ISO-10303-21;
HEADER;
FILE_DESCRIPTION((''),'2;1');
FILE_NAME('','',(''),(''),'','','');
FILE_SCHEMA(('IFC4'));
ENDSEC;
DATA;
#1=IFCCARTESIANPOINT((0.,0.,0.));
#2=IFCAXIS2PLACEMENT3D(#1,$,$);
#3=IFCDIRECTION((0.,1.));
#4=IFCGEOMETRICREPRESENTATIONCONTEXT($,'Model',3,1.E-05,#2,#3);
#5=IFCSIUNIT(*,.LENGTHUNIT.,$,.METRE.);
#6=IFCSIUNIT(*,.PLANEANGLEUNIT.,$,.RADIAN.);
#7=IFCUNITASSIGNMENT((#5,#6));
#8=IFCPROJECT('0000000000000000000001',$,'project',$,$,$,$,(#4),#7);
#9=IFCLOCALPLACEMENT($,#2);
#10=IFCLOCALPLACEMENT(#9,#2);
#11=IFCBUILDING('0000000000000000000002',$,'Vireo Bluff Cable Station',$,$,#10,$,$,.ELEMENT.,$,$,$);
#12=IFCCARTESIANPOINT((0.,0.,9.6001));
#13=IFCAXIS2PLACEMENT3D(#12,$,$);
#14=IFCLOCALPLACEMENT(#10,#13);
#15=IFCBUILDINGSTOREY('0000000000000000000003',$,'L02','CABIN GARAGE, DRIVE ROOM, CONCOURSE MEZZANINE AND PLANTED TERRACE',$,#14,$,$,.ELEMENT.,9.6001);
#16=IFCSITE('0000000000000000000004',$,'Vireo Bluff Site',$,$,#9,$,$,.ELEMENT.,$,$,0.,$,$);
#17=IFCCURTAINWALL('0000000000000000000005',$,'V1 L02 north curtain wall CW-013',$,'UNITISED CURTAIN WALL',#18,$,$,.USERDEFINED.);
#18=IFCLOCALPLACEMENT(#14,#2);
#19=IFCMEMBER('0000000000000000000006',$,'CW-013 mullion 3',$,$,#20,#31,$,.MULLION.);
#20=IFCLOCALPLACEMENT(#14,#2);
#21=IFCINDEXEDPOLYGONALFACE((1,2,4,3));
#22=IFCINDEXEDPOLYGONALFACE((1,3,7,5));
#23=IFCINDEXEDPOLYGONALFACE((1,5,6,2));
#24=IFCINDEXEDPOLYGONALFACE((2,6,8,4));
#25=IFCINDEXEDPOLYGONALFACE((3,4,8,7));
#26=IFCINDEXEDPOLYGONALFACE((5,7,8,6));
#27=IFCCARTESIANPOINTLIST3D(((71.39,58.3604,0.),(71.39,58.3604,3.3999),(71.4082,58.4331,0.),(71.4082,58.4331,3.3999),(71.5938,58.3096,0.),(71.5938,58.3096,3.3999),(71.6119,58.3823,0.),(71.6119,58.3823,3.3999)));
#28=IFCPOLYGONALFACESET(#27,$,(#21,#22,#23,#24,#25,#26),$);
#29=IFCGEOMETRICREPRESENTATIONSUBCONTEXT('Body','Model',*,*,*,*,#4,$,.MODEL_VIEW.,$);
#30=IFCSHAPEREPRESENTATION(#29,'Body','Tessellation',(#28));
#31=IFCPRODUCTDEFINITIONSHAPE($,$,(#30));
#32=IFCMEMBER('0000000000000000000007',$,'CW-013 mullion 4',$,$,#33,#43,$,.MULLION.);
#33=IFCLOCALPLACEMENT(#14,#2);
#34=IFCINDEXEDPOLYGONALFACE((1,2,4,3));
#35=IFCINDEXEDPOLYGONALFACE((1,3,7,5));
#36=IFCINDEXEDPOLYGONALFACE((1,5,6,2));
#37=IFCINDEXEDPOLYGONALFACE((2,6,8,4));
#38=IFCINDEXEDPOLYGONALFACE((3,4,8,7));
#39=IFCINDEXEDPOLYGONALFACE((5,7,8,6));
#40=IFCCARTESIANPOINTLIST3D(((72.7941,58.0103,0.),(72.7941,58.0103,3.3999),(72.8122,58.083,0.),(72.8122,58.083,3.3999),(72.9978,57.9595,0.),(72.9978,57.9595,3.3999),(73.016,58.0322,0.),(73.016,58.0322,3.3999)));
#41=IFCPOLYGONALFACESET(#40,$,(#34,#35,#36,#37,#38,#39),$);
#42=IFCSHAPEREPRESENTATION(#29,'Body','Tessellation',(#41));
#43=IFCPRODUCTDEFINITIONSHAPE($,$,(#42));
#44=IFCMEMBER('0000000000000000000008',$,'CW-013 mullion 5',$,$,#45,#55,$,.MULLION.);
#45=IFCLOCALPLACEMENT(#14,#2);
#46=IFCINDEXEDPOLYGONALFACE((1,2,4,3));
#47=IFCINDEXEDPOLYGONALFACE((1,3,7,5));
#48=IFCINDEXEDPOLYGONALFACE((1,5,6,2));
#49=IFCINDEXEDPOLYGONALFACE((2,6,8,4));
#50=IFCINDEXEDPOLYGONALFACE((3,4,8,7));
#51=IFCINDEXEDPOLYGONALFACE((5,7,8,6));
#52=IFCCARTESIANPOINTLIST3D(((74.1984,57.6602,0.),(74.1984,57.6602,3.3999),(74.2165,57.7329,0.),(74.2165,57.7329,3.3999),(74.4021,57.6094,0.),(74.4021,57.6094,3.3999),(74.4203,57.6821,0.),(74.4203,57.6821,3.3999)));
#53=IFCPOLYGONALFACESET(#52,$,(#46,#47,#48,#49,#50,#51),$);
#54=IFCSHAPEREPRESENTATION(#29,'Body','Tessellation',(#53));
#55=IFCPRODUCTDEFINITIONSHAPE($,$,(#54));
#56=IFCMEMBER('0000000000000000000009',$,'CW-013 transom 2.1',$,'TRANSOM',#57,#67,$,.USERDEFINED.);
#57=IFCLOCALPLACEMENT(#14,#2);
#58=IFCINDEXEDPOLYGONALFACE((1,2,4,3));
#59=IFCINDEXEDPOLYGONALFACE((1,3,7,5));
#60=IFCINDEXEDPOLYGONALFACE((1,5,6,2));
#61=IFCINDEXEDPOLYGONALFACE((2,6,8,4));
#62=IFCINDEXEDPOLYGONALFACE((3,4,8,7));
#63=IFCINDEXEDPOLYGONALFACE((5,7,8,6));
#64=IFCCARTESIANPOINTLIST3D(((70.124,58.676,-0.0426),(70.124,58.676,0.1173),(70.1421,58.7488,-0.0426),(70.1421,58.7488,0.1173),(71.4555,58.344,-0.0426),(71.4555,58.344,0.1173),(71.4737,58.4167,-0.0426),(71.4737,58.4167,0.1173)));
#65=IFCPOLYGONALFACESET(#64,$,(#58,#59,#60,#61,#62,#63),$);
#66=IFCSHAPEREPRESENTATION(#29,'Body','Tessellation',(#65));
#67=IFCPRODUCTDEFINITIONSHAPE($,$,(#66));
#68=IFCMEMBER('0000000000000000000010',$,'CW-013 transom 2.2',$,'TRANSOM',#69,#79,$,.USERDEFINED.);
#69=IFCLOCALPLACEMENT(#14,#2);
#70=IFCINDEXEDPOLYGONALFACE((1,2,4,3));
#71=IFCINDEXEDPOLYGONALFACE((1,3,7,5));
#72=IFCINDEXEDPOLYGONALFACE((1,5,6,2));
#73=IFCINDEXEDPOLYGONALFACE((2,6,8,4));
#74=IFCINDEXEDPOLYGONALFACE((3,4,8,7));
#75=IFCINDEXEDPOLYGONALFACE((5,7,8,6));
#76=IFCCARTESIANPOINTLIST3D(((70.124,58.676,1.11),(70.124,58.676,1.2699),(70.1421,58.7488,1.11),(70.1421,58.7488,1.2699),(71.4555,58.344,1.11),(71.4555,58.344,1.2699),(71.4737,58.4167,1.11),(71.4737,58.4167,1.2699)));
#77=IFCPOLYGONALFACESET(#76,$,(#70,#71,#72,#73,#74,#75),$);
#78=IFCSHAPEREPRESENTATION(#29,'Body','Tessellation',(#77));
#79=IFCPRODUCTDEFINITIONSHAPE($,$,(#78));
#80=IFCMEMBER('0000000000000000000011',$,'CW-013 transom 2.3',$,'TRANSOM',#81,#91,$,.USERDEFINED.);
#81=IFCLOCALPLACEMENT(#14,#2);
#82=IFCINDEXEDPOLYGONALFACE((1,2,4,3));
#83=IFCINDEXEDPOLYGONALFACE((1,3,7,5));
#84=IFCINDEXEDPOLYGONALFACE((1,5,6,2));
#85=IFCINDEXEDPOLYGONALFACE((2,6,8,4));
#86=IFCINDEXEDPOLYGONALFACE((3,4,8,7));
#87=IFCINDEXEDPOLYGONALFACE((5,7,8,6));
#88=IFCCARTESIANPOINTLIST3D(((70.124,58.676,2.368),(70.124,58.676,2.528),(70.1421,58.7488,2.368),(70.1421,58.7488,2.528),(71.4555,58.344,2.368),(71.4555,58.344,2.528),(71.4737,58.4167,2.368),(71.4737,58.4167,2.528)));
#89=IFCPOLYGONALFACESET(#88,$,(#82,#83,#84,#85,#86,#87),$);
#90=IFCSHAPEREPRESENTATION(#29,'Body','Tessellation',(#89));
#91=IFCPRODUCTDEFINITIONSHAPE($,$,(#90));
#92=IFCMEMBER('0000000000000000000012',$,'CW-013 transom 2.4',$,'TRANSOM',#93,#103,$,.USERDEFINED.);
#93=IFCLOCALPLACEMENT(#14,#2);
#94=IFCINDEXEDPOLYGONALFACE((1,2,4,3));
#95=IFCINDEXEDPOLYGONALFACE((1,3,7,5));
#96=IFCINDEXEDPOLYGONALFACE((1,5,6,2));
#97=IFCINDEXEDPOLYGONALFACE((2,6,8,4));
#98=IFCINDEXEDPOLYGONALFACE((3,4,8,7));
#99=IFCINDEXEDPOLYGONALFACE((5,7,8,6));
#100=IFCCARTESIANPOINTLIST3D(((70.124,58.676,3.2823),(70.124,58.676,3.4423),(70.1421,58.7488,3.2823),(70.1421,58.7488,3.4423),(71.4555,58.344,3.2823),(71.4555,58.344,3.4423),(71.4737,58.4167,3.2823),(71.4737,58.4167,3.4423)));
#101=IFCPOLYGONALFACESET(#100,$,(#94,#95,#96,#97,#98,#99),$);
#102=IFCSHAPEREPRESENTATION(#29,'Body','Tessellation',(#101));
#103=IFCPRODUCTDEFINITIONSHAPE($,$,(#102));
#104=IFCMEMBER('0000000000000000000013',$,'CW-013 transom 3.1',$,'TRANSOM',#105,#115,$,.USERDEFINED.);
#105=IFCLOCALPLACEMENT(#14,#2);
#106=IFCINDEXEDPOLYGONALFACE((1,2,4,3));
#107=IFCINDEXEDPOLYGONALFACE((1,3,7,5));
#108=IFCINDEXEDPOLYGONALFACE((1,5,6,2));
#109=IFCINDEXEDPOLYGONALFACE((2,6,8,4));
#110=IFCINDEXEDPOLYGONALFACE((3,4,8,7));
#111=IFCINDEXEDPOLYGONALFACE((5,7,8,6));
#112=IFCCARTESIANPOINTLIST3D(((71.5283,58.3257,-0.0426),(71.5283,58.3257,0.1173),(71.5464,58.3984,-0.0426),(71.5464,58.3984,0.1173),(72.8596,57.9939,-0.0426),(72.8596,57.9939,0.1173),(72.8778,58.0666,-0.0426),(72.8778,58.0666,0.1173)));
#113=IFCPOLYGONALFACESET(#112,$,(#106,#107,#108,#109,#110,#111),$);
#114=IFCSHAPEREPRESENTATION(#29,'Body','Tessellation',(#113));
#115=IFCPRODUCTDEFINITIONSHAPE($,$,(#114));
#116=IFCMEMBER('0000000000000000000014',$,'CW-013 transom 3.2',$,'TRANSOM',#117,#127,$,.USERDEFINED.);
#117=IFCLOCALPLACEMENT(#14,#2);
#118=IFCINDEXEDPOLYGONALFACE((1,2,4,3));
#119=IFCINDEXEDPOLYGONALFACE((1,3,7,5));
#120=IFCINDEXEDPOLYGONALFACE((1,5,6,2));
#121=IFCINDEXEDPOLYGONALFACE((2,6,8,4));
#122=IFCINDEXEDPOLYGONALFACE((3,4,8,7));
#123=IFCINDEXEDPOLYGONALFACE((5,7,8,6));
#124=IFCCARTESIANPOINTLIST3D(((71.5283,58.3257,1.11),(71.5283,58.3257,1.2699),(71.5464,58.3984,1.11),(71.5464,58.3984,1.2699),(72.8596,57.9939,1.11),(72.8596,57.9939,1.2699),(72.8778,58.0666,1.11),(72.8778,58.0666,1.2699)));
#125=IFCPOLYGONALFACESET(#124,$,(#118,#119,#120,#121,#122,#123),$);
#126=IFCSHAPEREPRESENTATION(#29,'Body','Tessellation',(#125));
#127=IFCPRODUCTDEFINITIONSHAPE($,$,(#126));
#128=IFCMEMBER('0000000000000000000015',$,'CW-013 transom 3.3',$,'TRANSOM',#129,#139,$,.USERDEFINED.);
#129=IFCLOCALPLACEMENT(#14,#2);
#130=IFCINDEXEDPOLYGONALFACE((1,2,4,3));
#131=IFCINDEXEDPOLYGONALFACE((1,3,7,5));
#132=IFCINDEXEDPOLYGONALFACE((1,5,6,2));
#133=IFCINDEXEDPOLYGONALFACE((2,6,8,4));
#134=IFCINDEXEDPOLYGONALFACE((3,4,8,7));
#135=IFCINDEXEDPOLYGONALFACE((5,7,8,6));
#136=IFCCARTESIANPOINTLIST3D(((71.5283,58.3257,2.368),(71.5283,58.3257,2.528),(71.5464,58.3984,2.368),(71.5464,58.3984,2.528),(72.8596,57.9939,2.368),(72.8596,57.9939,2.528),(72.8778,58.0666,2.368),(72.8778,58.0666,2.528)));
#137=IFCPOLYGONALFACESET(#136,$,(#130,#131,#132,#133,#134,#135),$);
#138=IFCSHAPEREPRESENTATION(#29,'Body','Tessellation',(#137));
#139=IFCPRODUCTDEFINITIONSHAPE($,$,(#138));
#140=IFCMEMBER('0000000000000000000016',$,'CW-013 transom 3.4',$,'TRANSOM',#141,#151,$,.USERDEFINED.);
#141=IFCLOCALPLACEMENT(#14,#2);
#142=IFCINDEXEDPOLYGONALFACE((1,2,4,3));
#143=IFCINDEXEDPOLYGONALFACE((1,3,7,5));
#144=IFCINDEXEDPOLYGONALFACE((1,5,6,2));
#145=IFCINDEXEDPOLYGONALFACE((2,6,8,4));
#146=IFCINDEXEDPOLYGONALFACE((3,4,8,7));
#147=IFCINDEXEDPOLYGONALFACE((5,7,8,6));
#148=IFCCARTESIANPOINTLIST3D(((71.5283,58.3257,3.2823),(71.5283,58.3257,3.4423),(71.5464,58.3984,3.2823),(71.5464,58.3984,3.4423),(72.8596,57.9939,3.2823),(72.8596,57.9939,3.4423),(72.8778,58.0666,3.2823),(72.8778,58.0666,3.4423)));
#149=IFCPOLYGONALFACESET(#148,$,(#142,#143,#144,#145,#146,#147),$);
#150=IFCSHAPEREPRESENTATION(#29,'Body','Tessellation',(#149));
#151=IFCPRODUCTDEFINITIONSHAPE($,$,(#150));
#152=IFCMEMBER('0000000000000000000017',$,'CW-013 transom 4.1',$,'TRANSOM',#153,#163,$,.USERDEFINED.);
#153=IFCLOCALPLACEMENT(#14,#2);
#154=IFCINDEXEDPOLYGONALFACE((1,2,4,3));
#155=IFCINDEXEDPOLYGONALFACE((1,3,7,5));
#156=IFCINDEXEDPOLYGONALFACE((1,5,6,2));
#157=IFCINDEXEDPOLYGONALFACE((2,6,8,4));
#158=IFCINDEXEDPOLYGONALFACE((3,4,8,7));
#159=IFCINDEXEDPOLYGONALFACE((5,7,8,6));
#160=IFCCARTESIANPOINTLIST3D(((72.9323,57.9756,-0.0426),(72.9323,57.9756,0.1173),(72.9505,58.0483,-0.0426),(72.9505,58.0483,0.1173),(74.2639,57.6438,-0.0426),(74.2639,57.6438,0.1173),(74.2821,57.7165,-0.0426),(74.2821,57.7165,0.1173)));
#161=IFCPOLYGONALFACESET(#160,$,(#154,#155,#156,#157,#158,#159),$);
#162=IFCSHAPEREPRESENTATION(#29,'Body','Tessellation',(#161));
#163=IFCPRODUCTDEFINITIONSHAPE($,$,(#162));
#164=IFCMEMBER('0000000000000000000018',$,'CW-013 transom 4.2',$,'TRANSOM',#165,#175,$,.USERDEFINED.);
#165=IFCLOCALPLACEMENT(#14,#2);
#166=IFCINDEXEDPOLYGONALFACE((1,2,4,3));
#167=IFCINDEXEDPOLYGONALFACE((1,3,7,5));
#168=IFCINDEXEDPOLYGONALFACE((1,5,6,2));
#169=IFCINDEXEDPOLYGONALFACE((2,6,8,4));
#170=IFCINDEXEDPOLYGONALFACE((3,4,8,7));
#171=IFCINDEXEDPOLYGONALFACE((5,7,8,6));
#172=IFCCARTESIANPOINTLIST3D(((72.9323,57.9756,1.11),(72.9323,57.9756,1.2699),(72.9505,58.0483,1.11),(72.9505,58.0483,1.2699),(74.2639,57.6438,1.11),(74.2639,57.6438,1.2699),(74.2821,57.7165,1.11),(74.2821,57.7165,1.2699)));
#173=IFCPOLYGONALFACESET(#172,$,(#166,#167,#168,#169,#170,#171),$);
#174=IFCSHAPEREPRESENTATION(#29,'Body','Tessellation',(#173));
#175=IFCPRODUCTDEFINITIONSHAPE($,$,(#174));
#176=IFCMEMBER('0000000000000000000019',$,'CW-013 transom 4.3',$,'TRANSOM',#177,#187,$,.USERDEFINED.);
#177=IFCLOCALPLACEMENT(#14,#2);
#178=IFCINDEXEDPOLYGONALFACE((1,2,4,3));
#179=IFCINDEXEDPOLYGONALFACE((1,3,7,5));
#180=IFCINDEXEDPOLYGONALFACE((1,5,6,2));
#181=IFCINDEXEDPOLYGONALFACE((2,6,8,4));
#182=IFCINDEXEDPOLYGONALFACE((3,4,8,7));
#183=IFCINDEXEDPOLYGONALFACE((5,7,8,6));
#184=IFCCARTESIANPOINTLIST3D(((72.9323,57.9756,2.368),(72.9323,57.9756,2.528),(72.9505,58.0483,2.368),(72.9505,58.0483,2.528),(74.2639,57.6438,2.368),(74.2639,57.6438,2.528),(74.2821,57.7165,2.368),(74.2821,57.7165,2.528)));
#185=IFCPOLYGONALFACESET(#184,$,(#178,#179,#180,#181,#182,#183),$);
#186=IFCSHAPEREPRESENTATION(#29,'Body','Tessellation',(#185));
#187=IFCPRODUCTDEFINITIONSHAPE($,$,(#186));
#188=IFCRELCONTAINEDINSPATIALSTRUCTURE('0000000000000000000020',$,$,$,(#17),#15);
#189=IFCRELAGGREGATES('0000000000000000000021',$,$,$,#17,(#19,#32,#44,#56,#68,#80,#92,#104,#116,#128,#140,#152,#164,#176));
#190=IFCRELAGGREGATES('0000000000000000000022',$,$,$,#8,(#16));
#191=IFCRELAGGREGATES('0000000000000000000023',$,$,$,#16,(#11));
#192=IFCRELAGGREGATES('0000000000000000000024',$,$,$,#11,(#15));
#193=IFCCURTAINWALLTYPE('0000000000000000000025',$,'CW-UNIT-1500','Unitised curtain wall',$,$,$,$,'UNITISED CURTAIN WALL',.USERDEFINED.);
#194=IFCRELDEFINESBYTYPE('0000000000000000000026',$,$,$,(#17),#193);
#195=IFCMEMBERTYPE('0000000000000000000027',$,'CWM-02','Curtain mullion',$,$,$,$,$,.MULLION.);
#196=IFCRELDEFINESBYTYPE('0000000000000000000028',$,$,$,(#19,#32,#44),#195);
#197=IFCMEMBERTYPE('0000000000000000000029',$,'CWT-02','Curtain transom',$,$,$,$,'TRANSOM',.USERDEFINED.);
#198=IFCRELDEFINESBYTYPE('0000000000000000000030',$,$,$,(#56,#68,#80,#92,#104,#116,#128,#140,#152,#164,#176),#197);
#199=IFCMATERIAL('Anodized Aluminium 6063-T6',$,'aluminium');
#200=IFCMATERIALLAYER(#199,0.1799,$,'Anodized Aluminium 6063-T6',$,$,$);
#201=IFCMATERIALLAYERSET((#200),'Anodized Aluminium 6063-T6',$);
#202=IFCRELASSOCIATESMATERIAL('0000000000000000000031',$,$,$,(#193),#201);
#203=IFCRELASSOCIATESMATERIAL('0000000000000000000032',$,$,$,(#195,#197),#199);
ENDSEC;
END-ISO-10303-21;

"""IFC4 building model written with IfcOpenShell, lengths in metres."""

from ifc_helpers import new_model, si_unit, direction, frame, origin, origin_2d, place, context, subcontext, project, spatial, rectangle, extrude, material, layer, layer_set, material_profile, profile_set, type_object, element, aggregate, save


model = new_model("IFC4")

# Units and contexts
model_context = context("Model", 3, precision=1e-05, world=origin(), true_north=direction((0.0, 1.0)))
body_context = subcontext(model_context, "Body", "Model", "MODEL_VIEW")
ifc_project = project(units=[si_unit("LENGTHUNIT", "METRE"), si_unit("PLANEANGLEUNIT", "RADIAN")], contexts=[model_context])

# Site, building, storey
site_placement = place(None, origin())
site = spatial("IfcSite", under=ifc_project, at=site_placement, Name="Vireo Bluff Site", CompositionType="ELEMENT", RefElevation=0.0)
building_placement = place(site_placement, origin())
building = spatial("IfcBuilding", under=site, at=building_placement, Name="Vireo Bluff Cable Station", CompositionType="ELEMENT")
storey_placement = place(building_placement, frame((0.0, 0.0, 9.6001)))
storey = spatial("IfcBuildingStorey", under=building, at=storey_placement, Name="L02", Description="CABIN GARAGE, DRIVE ROOM, CONCOURSE MEZZANINE AND PLANTED TERRACE", CompositionType="ELEMENT", Elevation=9.6001)

# Curtain wall, members
ifc_material_1 = material(Name="Anodized Aluminium 6063-T6", Category="aluminium")
ifc_layer_1 = layer(ifc_material_1, 0.1799, Name="Anodized Aluminium 6063-T6")
ifc_layer_set_1 = layer_set([ifc_layer_1], Name="Anodized Aluminium 6063-T6")
curtain_wall_type = type_object("IfcCurtainWallType", Name="CW-UNIT-1500", Description="Unitised curtain wall", ElementType="UNITISED CURTAIN WALL", PredefinedType="USERDEFINED", material=ifc_layer_set_1)
curtain_wall_placement = place(storey_placement, origin())
curtain_wall = element("IfcCurtainWall", 1, at=curtain_wall_placement, inside=storey, type_object=curtain_wall_type, Name="V1 L02 north curtain wall CW-013", ObjectType="UNITISED CURTAIN WALL", PredefinedType="USERDEFINED")
ifc_material_profile_1 = material_profile(ifc_material_1, rectangle(XDim=0.075, YDim=0.21, at=origin_2d()), Name="ALU-M-75X210")
ifc_profile_set_1 = profile_set([ifc_material_profile_1], Name="Anodized Aluminium 6063-T6")
member_type_1 = type_object("IfcMemberType", Name="CWM-02", Description="Curtain mullion", PredefinedType="MULLION", material=ifc_profile_set_1)
member_1_placement = place(storey_placement, frame((71.501, 58.3713, 0.0), z_axis=(0.0, 0.0, 1.0), x_axis=(0.241922, 0.970296, 0.0)))
member_1 = element("IfcMember", 2, at=member_1_placement, type_object=member_type_1, Name="CW-013 mullion 3", PredefinedType="MULLION", context=body_context, shape_type="SweptSolid", body=[
    extrude(rectangle(XDim=0.075, YDim=0.21, at=origin_2d()), origin(), (0.0, 0.0, 1.0), 3.3999),
])
member_2_placement = place(storey_placement, frame((72.905, 58.0212, 0.0), z_axis=(0.0, 0.0, 1.0), x_axis=(0.241922, 0.970296, 0.0)))
member_2 = element("IfcMember", 3, at=member_2_placement, type_object=member_type_1, Name="CW-013 mullion 4", PredefinedType="MULLION", context=body_context, shape_type="SweptSolid", body=[
    extrude(rectangle(XDim=0.075, YDim=0.21, at=origin_2d()), origin(), (0.0, 0.0, 1.0), 3.3999),
])
member_3_placement = place(storey_placement, frame((74.3093, 57.6711, 0.0), z_axis=(0.0, 0.0, 1.0), x_axis=(0.241922, 0.970296, 0.0)))
member_3 = element("IfcMember", 4, at=member_3_placement, type_object=member_type_1, Name="CW-013 mullion 5", PredefinedType="MULLION", context=body_context, shape_type="SweptSolid", body=[
    extrude(rectangle(XDim=0.075, YDim=0.21, at=origin_2d()), origin(), (0.0, 0.0, 1.0), 3.3999),
])
ifc_material_profile_2 = material_profile(ifc_material_1, rectangle(XDim=0.075, YDim=0.1599, at=origin_2d()), Name="ALU-T-75X160")
ifc_profile_set_2 = profile_set([ifc_material_profile_2], Name="Anodized Aluminium 6063-T6")
member_type_2 = type_object("IfcMemberType", Name="CWT-02", Description="Curtain transom", ElementType="TRANSOM", PredefinedType="USERDEFINED", material=ifc_profile_set_2)
member_4_placement = place(storey_placement, frame((70.1331, 58.7124, 0.0374), z_axis=(0.970289, -0.24195, 0.0), x_axis=(0.24195, 0.970289, 0.0)))
member_4 = element("IfcMember", 5, at=member_4_placement, type_object=member_type_2, Name="CW-013 transom 2.1", ObjectType="TRANSOM", PredefinedType="USERDEFINED", context=body_context, shape_type="SweptSolid", body=[
    extrude(rectangle(XDim=0.075, YDim=0.1599, at=origin_2d()), origin(), (0.0, 0.0, 1.0), 1.3723),
])
member_5_placement = place(storey_placement, frame((70.1331, 58.7124, 1.1899), z_axis=(0.970289, -0.24195, 0.0), x_axis=(0.24195, 0.970289, 0.0)))
member_5 = element("IfcMember", 6, at=member_5_placement, type_object=member_type_2, Name="CW-013 transom 2.2", ObjectType="TRANSOM", PredefinedType="USERDEFINED", context=body_context, shape_type="SweptSolid", body=[
    extrude(rectangle(XDim=0.075, YDim=0.1599, at=origin_2d()), origin(), (0.0, 0.0, 1.0), 1.3723),
])
member_6_placement = place(storey_placement, frame((70.1331, 58.7124, 2.448), z_axis=(0.970289, -0.24195, 0.0), x_axis=(0.24195, 0.970289, 0.0)))
member_6 = element("IfcMember", 7, at=member_6_placement, type_object=member_type_2, Name="CW-013 transom 2.3", ObjectType="TRANSOM", PredefinedType="USERDEFINED", context=body_context, shape_type="SweptSolid", body=[
    extrude(rectangle(XDim=0.075, YDim=0.1599, at=origin_2d()), origin(), (0.0, 0.0, 1.0), 1.3723),
])
member_7_placement = place(storey_placement, frame((70.1331, 58.7124, 3.3623), z_axis=(0.970289, -0.24195, 0.0), x_axis=(0.24195, 0.970289, 0.0)))
member_7 = element("IfcMember", 8, at=member_7_placement, type_object=member_type_2, Name="CW-013 transom 2.4", ObjectType="TRANSOM", PredefinedType="USERDEFINED", context=body_context, shape_type="SweptSolid", body=[
    extrude(rectangle(XDim=0.075, YDim=0.1599, at=origin_2d()), origin(), (0.0, 0.0, 1.0), 1.3723),
])
member_8_placement = place(storey_placement, frame((71.5374, 58.3621, 0.0374), z_axis=(0.97032, -0.241824, 0.0), x_axis=(0.241824, 0.97032, 0.0)))
member_8 = element("IfcMember", 9, at=member_8_placement, type_object=member_type_2, Name="CW-013 transom 3.1", ObjectType="TRANSOM", PredefinedType="USERDEFINED", context=body_context, shape_type="SweptSolid", body=[
    extrude(rectangle(XDim=0.075, YDim=0.1599, at=origin_2d()), origin(), (0.0, 0.0, 1.0), 1.3721),
])
member_9_placement = place(storey_placement, frame((71.5374, 58.3621, 1.1899), z_axis=(0.97032, -0.241824, 0.0), x_axis=(0.241824, 0.97032, 0.0)))
member_9 = element("IfcMember", 10, at=member_9_placement, type_object=member_type_2, Name="CW-013 transom 3.2", ObjectType="TRANSOM", PredefinedType="USERDEFINED", context=body_context, shape_type="SweptSolid", body=[
    extrude(rectangle(XDim=0.075, YDim=0.1599, at=origin_2d()), origin(), (0.0, 0.0, 1.0), 1.3721),
])
member_10_placement = place(storey_placement, frame((71.5374, 58.3621, 2.448), z_axis=(0.97032, -0.241824, 0.0), x_axis=(0.241824, 0.97032, 0.0)))
member_10 = element("IfcMember", 11, at=member_10_placement, type_object=member_type_2, Name="CW-013 transom 3.3", ObjectType="TRANSOM", PredefinedType="USERDEFINED", context=body_context, shape_type="SweptSolid", body=[
    extrude(rectangle(XDim=0.075, YDim=0.1599, at=origin_2d()), origin(), (0.0, 0.0, 1.0), 1.3721),
])
member_11_placement = place(storey_placement, frame((71.5374, 58.3621, 3.3623), z_axis=(0.97032, -0.241824, 0.0), x_axis=(0.241824, 0.97032, 0.0)))
member_11 = element("IfcMember", 12, at=member_11_placement, type_object=member_type_2, Name="CW-013 transom 3.4", ObjectType="TRANSOM", PredefinedType="USERDEFINED", context=body_context, shape_type="SweptSolid", body=[
    extrude(rectangle(XDim=0.075, YDim=0.1599, at=origin_2d()), origin(), (0.0, 0.0, 1.0), 1.3721),
])
member_12_placement = place(storey_placement, frame((72.9414, 58.012, 0.0374), z_axis=(0.970331, -0.241782, 0.0), x_axis=(0.241782, 0.970331, 0.0)))
member_12 = element("IfcMember", 13, at=member_12_placement, type_object=member_type_2, Name="CW-013 transom 4.1", ObjectType="TRANSOM", PredefinedType="USERDEFINED", context=body_context, shape_type="SweptSolid", body=[
    extrude(rectangle(XDim=0.075, YDim=0.1599, at=origin_2d()), origin(), (0.0, 0.0, 1.0), 1.3723),
])
member_13_placement = place(storey_placement, frame((72.9414, 58.012, 1.1899), z_axis=(0.970331, -0.241782, 0.0), x_axis=(0.241782, 0.970331, 0.0)))
member_13 = element("IfcMember", 14, at=member_13_placement, type_object=member_type_2, Name="CW-013 transom 4.2", ObjectType="TRANSOM", PredefinedType="USERDEFINED", context=body_context, shape_type="SweptSolid", body=[
    extrude(rectangle(XDim=0.075, YDim=0.1599, at=origin_2d()), origin(), (0.0, 0.0, 1.0), 1.3723),
])
member_14_placement = place(storey_placement, frame((72.9414, 58.012, 2.448), z_axis=(0.970331, -0.241782, 0.0), x_axis=(0.241782, 0.970331, 0.0)))
member_14 = element("IfcMember", 15, at=member_14_placement, type_object=member_type_2, Name="CW-013 transom 4.3", ObjectType="TRANSOM", PredefinedType="USERDEFINED", context=body_context, shape_type="SweptSolid", body=[
    extrude(rectangle(XDim=0.075, YDim=0.1599, at=origin_2d()), origin(), (0.0, 0.0, 1.0), 1.3723),
])
aggregate(curtain_wall, [member_1, member_2, member_3, member_4, member_5, member_6, member_7, member_8, member_9, member_10, member_11, member_12, member_13, member_14])

save(model, "model.ifc")
